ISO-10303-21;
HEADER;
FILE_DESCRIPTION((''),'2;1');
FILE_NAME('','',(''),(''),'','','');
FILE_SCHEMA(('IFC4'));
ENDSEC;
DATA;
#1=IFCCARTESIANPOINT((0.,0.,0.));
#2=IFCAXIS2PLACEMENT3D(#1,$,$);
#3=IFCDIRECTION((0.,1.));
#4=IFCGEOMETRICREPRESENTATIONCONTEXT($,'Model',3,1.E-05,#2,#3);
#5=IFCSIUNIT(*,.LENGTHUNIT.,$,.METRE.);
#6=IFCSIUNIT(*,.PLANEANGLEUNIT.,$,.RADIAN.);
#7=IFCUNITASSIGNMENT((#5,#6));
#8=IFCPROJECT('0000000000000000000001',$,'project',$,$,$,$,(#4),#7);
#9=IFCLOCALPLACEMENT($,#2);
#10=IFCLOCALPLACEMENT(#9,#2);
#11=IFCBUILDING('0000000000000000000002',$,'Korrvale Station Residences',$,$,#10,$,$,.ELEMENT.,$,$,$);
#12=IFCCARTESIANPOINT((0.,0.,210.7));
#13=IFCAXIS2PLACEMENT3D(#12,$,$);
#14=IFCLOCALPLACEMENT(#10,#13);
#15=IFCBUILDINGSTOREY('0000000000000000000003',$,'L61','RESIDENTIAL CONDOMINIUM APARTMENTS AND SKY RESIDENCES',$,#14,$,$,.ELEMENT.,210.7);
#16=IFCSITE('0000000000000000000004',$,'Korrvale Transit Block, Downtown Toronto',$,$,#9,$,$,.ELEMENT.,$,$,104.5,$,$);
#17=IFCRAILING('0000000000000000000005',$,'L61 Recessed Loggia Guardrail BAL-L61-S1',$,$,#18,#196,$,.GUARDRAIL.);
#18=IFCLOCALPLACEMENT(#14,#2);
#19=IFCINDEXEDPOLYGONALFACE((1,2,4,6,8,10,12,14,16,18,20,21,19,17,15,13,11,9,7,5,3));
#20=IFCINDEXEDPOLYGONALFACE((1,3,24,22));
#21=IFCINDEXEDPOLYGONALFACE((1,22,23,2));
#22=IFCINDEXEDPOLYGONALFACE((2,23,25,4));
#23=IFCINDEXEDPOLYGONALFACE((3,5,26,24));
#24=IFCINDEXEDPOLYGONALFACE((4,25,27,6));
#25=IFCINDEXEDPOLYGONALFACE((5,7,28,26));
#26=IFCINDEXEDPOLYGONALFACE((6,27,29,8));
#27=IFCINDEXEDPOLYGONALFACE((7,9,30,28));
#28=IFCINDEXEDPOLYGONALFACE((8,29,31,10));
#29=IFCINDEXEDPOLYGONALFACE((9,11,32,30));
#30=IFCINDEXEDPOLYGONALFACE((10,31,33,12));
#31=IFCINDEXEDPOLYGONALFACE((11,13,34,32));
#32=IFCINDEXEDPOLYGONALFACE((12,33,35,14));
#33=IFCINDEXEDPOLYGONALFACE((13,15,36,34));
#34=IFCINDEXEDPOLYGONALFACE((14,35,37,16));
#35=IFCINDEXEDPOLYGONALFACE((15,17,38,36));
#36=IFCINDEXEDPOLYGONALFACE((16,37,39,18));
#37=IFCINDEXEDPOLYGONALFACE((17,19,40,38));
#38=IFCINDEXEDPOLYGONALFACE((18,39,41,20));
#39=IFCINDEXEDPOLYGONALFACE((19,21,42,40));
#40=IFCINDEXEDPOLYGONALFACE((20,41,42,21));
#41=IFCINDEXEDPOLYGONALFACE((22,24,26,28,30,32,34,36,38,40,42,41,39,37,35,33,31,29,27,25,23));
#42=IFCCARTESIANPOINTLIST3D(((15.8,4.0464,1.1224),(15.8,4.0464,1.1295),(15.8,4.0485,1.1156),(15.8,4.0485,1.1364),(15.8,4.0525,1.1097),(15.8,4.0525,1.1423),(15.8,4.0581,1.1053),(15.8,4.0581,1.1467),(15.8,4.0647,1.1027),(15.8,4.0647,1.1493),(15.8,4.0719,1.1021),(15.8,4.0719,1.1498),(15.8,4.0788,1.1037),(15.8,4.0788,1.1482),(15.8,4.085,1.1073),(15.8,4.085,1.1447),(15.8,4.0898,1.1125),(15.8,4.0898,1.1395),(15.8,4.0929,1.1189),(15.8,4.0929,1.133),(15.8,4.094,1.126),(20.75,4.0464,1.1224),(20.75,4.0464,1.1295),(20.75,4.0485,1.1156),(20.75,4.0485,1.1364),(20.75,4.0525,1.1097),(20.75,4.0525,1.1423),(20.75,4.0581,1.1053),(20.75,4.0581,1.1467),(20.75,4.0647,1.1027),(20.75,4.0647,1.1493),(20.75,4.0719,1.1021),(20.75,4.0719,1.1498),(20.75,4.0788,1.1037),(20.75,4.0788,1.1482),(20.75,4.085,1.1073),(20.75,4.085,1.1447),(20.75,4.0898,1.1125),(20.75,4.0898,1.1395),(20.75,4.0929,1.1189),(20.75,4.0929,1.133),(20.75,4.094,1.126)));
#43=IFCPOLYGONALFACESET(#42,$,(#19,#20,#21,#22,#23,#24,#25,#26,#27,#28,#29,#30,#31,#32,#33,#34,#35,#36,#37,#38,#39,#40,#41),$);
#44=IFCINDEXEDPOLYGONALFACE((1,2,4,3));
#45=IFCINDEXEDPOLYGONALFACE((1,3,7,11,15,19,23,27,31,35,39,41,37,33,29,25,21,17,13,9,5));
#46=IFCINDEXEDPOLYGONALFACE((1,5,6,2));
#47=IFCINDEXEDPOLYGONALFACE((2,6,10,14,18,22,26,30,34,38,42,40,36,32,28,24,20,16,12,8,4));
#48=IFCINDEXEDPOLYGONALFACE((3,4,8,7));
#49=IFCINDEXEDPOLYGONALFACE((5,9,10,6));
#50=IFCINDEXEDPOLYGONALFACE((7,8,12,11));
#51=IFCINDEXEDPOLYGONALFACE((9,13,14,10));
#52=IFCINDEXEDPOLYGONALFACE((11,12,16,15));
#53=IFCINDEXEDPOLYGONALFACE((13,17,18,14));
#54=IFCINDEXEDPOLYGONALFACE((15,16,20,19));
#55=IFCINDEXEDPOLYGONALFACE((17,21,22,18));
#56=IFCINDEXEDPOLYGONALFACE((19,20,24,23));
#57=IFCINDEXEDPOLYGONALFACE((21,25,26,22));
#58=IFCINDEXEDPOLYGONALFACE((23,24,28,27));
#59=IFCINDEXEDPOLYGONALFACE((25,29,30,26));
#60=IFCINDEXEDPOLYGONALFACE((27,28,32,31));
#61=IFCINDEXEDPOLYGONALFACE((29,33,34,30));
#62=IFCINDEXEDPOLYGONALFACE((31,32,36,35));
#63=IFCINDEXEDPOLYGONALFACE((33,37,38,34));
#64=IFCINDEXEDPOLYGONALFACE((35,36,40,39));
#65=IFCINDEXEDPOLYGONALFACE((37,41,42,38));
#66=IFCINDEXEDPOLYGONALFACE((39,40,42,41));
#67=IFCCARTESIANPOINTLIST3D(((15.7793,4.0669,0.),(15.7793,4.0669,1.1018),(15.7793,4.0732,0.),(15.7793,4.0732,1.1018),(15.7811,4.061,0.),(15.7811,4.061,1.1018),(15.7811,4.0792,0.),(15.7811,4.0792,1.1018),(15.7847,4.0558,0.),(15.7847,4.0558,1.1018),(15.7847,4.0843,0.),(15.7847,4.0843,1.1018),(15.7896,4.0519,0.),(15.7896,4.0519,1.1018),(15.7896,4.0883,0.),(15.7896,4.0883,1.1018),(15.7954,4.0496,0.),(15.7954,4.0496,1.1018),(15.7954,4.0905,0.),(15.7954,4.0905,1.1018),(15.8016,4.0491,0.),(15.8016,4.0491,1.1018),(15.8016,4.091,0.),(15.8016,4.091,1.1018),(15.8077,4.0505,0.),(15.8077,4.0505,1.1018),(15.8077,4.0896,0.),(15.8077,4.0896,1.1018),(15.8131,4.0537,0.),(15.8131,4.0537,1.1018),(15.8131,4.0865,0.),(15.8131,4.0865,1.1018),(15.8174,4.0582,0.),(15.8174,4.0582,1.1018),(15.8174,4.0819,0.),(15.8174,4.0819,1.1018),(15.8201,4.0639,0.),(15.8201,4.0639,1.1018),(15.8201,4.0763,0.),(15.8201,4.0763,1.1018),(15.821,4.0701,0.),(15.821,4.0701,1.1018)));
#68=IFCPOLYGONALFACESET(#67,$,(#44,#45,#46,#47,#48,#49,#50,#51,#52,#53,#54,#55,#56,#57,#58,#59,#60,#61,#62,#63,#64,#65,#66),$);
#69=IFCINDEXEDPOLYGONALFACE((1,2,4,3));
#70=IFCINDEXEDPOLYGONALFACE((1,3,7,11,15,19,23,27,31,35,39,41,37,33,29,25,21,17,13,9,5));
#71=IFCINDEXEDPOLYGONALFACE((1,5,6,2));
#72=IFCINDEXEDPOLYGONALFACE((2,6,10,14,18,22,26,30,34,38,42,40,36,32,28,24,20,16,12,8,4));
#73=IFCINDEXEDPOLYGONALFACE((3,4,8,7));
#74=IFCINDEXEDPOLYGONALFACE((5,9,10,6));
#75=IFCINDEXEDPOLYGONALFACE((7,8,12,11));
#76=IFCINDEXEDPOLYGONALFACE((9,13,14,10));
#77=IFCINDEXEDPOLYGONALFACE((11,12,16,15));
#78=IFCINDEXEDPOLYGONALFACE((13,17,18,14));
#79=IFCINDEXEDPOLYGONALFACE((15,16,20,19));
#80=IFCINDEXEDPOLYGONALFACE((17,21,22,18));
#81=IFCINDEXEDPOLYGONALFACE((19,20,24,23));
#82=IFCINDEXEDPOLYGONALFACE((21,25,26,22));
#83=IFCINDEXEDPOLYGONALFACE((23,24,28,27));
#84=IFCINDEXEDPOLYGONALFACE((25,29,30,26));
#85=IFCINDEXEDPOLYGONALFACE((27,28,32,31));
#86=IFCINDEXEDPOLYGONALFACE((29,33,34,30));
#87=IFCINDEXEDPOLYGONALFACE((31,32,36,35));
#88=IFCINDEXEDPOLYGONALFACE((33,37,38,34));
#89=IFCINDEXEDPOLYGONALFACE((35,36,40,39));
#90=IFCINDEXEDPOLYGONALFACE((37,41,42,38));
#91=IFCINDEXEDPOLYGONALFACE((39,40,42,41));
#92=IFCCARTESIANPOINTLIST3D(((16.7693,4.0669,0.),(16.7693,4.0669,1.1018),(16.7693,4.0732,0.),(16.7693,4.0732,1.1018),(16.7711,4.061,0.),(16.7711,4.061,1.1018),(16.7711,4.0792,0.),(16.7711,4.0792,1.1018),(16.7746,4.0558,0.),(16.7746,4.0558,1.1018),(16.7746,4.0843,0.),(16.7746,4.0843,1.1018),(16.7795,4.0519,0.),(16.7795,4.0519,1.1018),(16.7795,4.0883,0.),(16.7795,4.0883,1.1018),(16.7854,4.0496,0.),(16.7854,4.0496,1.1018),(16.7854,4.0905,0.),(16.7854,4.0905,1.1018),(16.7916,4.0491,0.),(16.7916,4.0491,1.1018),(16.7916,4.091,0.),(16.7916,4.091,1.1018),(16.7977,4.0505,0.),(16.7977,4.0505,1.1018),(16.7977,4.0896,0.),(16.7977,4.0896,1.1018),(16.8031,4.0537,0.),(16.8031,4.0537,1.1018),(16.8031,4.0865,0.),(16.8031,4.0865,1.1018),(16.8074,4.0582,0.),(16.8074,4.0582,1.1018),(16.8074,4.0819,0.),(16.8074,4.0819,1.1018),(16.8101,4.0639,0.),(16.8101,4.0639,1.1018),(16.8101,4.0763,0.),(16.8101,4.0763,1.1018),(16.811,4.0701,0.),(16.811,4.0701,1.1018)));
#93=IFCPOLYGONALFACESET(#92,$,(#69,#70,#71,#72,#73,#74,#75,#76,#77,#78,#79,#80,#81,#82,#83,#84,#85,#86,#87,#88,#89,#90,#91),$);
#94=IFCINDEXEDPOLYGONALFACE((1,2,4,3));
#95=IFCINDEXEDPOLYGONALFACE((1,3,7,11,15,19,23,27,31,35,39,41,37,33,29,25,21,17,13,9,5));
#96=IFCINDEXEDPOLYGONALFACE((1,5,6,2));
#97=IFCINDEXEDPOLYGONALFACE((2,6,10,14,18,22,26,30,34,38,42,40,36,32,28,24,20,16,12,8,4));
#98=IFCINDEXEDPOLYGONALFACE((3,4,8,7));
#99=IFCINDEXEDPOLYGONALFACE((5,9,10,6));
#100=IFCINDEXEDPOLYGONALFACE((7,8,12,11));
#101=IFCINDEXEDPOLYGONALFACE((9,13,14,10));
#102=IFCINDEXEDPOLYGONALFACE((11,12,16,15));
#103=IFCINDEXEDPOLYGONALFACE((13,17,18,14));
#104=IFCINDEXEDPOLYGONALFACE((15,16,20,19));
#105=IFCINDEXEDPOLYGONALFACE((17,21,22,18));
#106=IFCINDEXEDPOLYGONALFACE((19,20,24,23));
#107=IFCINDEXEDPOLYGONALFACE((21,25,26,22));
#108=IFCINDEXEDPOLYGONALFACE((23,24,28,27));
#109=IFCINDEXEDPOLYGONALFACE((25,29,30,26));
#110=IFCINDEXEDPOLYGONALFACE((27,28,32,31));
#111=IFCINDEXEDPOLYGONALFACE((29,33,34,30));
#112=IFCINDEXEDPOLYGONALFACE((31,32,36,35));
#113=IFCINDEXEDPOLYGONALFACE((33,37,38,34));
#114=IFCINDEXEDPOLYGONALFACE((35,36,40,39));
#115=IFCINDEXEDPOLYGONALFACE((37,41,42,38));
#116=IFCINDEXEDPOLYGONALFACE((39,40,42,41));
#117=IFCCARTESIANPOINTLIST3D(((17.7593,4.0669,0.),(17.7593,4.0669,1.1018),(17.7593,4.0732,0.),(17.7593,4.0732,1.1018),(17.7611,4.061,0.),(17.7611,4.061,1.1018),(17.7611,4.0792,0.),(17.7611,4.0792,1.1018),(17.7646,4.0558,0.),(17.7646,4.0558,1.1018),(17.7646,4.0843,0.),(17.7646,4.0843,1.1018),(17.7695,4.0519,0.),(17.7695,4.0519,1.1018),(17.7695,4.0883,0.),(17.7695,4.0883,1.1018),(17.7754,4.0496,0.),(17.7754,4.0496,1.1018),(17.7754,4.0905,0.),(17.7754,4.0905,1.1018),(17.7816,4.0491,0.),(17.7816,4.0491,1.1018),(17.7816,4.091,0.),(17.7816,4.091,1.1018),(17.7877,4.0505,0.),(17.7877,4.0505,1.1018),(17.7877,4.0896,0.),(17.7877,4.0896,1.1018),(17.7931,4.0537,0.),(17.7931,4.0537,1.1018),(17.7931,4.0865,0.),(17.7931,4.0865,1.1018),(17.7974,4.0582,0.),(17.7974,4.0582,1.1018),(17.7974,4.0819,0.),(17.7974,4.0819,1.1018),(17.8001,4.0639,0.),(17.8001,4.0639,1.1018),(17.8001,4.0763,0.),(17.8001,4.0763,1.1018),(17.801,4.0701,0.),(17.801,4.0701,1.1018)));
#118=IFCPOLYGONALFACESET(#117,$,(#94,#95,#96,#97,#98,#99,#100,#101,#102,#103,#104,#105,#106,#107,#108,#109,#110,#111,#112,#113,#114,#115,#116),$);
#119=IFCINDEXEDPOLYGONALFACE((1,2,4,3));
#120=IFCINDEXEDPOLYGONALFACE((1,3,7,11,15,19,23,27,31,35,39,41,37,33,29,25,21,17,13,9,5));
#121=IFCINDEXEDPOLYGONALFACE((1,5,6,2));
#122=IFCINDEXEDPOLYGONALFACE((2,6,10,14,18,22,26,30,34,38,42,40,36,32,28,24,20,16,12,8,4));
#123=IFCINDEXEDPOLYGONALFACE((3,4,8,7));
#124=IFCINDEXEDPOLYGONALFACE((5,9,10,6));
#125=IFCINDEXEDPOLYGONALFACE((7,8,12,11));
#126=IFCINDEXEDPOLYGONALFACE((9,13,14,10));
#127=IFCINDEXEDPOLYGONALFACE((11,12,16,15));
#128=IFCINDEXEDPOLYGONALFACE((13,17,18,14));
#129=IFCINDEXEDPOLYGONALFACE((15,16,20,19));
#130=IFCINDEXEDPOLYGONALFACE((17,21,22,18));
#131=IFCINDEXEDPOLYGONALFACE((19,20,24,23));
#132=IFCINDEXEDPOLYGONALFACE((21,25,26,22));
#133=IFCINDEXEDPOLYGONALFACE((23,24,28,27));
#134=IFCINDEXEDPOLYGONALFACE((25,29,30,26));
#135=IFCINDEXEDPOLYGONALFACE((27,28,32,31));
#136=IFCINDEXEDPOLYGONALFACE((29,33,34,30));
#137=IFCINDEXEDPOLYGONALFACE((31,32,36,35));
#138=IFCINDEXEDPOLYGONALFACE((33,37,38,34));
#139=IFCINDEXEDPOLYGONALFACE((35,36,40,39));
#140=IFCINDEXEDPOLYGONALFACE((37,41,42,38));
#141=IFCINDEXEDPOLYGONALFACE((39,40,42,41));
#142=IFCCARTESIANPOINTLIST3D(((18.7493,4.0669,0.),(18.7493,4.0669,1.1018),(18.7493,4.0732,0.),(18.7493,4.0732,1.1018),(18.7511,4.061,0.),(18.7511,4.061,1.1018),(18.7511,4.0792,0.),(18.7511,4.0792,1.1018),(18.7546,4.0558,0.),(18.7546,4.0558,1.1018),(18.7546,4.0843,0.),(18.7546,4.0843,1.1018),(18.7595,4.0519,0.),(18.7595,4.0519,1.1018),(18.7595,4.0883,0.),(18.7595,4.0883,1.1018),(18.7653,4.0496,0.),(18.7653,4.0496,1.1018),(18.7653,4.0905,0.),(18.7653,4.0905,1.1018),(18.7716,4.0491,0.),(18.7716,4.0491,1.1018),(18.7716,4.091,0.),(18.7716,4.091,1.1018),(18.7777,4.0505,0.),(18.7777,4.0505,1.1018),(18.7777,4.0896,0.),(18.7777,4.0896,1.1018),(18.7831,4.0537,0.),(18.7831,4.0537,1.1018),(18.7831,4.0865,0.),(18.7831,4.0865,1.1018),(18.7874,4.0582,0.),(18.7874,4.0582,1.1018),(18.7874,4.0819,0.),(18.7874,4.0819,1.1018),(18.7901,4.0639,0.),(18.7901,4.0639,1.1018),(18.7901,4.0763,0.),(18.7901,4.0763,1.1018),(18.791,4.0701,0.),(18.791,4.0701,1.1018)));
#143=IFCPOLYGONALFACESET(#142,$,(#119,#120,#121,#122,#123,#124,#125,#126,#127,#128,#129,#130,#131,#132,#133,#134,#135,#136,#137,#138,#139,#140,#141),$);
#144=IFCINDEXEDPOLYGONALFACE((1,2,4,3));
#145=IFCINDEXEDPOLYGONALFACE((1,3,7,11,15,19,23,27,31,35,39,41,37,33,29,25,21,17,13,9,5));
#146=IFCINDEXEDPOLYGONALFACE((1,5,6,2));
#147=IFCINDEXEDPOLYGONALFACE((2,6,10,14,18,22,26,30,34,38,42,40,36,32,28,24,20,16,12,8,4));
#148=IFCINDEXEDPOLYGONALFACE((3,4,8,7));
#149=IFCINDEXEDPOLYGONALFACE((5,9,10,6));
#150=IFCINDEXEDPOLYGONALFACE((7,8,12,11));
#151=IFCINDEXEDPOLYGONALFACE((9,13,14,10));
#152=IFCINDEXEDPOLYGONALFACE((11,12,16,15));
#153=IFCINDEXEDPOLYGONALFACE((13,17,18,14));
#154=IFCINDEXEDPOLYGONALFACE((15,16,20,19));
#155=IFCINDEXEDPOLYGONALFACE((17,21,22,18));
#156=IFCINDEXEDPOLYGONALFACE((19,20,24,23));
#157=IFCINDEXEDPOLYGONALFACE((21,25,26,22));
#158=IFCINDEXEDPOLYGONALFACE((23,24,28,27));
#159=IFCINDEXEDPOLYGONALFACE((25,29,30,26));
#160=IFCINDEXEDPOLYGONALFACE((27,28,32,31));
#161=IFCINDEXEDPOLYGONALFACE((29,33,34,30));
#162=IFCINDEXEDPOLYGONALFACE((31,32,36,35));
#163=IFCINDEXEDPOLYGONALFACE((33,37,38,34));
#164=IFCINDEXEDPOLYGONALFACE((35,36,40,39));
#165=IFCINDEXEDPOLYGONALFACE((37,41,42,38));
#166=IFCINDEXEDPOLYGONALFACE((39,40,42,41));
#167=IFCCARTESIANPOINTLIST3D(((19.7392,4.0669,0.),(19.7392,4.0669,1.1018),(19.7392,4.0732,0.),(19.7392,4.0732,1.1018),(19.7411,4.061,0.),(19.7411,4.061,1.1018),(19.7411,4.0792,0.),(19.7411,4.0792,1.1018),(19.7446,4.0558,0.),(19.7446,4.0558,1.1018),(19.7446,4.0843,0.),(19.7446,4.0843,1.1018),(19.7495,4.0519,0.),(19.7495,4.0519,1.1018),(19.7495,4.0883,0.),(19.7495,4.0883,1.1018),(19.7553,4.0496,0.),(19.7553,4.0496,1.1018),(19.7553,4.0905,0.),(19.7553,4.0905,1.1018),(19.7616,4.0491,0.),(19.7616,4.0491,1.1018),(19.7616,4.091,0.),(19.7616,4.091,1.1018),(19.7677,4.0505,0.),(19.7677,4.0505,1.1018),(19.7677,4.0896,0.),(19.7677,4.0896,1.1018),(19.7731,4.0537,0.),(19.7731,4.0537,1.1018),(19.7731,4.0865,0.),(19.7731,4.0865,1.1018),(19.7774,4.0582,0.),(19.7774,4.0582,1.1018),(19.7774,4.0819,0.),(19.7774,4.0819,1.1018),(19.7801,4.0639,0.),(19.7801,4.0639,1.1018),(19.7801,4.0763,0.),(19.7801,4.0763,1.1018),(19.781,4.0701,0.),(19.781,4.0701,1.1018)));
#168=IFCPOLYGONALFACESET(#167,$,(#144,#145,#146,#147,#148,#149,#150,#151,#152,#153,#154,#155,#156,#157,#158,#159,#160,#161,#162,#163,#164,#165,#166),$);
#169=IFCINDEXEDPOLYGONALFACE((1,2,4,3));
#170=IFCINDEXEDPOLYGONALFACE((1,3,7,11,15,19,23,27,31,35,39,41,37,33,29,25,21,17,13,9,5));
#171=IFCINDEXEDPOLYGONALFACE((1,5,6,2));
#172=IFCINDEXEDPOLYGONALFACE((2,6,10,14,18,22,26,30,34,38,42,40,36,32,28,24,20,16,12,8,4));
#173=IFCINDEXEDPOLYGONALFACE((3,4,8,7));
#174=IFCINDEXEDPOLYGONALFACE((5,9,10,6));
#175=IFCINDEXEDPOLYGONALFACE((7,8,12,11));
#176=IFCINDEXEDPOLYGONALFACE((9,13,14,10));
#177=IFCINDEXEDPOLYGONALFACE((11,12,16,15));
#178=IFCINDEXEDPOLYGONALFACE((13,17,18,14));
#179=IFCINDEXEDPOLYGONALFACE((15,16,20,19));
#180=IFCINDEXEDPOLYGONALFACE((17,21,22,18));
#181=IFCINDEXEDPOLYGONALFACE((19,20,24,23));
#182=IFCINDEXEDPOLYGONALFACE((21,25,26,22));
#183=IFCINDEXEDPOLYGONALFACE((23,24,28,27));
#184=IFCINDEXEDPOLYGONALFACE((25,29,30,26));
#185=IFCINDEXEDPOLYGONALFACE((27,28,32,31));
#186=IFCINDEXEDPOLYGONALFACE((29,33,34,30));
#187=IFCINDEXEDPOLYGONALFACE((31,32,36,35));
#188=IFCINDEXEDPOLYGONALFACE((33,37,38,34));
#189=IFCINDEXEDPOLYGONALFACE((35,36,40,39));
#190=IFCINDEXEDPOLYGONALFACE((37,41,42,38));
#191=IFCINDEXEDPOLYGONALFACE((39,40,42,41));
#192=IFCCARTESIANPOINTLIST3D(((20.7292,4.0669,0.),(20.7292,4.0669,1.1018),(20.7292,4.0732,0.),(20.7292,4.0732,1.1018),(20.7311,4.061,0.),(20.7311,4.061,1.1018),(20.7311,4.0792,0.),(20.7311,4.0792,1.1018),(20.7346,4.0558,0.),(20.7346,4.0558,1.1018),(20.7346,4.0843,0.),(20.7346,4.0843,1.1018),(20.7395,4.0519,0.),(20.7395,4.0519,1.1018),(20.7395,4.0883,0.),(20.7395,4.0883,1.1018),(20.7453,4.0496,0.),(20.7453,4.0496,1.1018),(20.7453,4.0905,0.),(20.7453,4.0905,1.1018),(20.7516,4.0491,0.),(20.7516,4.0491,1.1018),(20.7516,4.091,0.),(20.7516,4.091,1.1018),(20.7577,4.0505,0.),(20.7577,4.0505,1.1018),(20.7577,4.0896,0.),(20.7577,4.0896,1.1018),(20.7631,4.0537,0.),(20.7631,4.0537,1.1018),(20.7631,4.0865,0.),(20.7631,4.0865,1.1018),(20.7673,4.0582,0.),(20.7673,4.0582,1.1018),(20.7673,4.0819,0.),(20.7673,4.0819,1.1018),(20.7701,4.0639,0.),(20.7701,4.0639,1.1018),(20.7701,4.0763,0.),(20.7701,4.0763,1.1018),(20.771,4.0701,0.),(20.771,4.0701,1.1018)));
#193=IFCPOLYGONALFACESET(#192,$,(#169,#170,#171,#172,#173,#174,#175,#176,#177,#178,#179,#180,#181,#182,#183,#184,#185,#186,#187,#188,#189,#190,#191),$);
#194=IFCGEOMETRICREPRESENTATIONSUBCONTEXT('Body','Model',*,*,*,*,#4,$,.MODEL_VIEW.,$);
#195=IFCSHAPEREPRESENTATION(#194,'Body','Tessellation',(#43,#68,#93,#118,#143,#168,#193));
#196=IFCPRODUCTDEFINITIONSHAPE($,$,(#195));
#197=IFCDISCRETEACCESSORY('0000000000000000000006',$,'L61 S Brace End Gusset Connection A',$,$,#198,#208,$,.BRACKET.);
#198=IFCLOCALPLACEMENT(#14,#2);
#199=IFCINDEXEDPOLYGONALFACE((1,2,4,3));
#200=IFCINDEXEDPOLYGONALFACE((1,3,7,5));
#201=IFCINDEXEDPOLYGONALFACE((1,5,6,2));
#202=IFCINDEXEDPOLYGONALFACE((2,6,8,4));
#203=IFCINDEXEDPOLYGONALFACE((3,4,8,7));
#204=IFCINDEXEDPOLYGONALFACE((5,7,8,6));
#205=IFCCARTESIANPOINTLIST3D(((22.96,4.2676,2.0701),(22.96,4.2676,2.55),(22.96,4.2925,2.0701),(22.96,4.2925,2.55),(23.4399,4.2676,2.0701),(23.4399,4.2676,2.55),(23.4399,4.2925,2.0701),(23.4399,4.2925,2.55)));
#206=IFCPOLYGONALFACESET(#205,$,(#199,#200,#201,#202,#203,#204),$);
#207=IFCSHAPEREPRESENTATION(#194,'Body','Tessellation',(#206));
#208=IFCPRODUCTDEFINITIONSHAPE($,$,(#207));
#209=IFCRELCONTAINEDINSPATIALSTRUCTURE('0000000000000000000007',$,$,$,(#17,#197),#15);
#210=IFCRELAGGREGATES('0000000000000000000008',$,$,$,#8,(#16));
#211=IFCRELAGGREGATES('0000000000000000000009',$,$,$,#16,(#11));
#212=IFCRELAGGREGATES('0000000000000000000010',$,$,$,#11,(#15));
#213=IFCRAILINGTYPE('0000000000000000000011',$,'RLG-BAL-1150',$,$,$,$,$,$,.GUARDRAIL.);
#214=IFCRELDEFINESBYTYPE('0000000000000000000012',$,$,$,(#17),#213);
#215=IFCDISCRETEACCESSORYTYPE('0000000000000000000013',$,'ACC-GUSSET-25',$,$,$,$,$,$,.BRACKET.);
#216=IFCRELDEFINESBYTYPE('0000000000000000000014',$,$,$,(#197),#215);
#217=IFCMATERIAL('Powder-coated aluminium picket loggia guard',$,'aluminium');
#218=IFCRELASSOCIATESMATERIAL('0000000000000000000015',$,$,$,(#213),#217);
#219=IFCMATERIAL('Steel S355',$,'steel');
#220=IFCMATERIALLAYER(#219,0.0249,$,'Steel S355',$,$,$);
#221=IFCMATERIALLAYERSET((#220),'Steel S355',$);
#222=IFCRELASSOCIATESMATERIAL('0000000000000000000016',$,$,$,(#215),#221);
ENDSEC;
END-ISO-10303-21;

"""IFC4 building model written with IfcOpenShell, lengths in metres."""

from ifc_helpers import new_model, si_unit, direction, frame, origin, origin_2d, place, context, subcontext, project, spatial, rectangle, circle, extrude, material, layer, layer_set, type_object, element, save


model = new_model("IFC4")

# Units and contexts
model_context = context("Model", 3, precision=1e-05, world=origin(), true_north=direction((0.0, 1.0)))
body_context = subcontext(model_context, "Body", "Model", "MODEL_VIEW")
ifc_project = project(units=[si_unit("LENGTHUNIT", "METRE"), si_unit("PLANEANGLEUNIT", "RADIAN")], contexts=[model_context])

# Site, building, storey
site_placement = place(None, origin())
site = spatial("IfcSite", under=ifc_project, at=site_placement, Name="Korrvale Transit Block, Downtown Toronto", CompositionType="ELEMENT", RefElevation=104.5)
building_placement = place(site_placement, origin())
building = spatial("IfcBuilding", under=site, at=building_placement, Name="Korrvale Station Residences", CompositionType="ELEMENT")
storey_placement = place(building_placement, frame((0.0, 0.0, 210.7)))
storey = spatial("IfcBuildingStorey", under=building, at=storey_placement, Name="L61", Description="RESIDENTIAL CONDOMINIUM APARTMENTS AND SKY RESIDENCES", CompositionType="ELEMENT", Elevation=210.7)

# Shared definitions
ifc_material_1 = material(Name="Steel S355", Category="steel")

# Railing
ifc_material_2 = material(Name="Powder-coated aluminium picket loggia guard", Category="aluminium")
railing_type = type_object("IfcRailingType", Name="RLG-BAL-1150", PredefinedType="GUARDRAIL", material=ifc_material_2)
railing_placement = place(storey_placement, frame((15.8, 4.0701, 0.0)))
element("IfcRailing", 1, at=railing_placement, inside=storey, type_object=railing_type, Name="L61 Recessed Loggia Guardrail BAL-L61-S1", PredefinedType="GUARDRAIL", context=body_context, shape_type="SweptSolid", body=[
    extrude(circle(Radius=0.0239, at=origin_2d()), frame((0.0, 0.0, 1.126), z_axis=(1.0, 0.0, 0.0), x_axis=(0.0, 1.0, 0.0)), (0.0, 0.0, 1.0), 4.95),
    extrude(circle(Radius=0.021, at=origin_2d()), origin(), (0.0, 0.0, 1.0), 1.1018),
    extrude(circle(Radius=0.021, at=origin_2d()), frame((0.99, 0.0, 0.0)), (0.0, 0.0, 1.0), 1.1018),
    extrude(circle(Radius=0.021, at=origin_2d()), frame((1.98, 0.0, 0.0)), (0.0, 0.0, 1.0), 1.1018),
    extrude(circle(Radius=0.021, at=origin_2d()), frame((2.97, 0.0, 0.0)), (0.0, 0.0, 1.0), 1.1018),
    extrude(circle(Radius=0.021, at=origin_2d()), frame((3.96, 0.0, 0.0)), (0.0, 0.0, 1.0), 1.1018),
    extrude(circle(Radius=0.021, at=origin_2d()), frame((4.95, 0.0, 0.0)), (0.0, 0.0, 1.0), 1.1018),
])

# Discrete accessory
ifc_layer_1 = layer(ifc_material_1, 0.0249, Name="Steel S355")
ifc_layer_set_1 = layer_set([ifc_layer_1], Name="Steel S355")
discrete_accessory_type = type_object("IfcDiscreteAccessoryType", Name="ACC-GUSSET-25", PredefinedType="BRACKET", material=ifc_layer_set_1)
discrete_accessory_placement = place(storey_placement, frame((23.2, 4.28, 2.0701), z_axis=(0.0, 0.0, 1.0), x_axis=(1.0, 0.0, 0.0)))
element("IfcDiscreteAccessory", 2, at=discrete_accessory_placement, inside=storey, type_object=discrete_accessory_type, Name="L61 S Brace End Gusset Connection A", PredefinedType="BRACKET", context=body_context, shape_type="SweptSolid", body=[
    extrude(rectangle(XDim=0.48, YDim=0.0249, at=origin_2d()), origin(), (0.0, 0.0, 1.0), 0.48),
])

save(model, "model.ifc")
